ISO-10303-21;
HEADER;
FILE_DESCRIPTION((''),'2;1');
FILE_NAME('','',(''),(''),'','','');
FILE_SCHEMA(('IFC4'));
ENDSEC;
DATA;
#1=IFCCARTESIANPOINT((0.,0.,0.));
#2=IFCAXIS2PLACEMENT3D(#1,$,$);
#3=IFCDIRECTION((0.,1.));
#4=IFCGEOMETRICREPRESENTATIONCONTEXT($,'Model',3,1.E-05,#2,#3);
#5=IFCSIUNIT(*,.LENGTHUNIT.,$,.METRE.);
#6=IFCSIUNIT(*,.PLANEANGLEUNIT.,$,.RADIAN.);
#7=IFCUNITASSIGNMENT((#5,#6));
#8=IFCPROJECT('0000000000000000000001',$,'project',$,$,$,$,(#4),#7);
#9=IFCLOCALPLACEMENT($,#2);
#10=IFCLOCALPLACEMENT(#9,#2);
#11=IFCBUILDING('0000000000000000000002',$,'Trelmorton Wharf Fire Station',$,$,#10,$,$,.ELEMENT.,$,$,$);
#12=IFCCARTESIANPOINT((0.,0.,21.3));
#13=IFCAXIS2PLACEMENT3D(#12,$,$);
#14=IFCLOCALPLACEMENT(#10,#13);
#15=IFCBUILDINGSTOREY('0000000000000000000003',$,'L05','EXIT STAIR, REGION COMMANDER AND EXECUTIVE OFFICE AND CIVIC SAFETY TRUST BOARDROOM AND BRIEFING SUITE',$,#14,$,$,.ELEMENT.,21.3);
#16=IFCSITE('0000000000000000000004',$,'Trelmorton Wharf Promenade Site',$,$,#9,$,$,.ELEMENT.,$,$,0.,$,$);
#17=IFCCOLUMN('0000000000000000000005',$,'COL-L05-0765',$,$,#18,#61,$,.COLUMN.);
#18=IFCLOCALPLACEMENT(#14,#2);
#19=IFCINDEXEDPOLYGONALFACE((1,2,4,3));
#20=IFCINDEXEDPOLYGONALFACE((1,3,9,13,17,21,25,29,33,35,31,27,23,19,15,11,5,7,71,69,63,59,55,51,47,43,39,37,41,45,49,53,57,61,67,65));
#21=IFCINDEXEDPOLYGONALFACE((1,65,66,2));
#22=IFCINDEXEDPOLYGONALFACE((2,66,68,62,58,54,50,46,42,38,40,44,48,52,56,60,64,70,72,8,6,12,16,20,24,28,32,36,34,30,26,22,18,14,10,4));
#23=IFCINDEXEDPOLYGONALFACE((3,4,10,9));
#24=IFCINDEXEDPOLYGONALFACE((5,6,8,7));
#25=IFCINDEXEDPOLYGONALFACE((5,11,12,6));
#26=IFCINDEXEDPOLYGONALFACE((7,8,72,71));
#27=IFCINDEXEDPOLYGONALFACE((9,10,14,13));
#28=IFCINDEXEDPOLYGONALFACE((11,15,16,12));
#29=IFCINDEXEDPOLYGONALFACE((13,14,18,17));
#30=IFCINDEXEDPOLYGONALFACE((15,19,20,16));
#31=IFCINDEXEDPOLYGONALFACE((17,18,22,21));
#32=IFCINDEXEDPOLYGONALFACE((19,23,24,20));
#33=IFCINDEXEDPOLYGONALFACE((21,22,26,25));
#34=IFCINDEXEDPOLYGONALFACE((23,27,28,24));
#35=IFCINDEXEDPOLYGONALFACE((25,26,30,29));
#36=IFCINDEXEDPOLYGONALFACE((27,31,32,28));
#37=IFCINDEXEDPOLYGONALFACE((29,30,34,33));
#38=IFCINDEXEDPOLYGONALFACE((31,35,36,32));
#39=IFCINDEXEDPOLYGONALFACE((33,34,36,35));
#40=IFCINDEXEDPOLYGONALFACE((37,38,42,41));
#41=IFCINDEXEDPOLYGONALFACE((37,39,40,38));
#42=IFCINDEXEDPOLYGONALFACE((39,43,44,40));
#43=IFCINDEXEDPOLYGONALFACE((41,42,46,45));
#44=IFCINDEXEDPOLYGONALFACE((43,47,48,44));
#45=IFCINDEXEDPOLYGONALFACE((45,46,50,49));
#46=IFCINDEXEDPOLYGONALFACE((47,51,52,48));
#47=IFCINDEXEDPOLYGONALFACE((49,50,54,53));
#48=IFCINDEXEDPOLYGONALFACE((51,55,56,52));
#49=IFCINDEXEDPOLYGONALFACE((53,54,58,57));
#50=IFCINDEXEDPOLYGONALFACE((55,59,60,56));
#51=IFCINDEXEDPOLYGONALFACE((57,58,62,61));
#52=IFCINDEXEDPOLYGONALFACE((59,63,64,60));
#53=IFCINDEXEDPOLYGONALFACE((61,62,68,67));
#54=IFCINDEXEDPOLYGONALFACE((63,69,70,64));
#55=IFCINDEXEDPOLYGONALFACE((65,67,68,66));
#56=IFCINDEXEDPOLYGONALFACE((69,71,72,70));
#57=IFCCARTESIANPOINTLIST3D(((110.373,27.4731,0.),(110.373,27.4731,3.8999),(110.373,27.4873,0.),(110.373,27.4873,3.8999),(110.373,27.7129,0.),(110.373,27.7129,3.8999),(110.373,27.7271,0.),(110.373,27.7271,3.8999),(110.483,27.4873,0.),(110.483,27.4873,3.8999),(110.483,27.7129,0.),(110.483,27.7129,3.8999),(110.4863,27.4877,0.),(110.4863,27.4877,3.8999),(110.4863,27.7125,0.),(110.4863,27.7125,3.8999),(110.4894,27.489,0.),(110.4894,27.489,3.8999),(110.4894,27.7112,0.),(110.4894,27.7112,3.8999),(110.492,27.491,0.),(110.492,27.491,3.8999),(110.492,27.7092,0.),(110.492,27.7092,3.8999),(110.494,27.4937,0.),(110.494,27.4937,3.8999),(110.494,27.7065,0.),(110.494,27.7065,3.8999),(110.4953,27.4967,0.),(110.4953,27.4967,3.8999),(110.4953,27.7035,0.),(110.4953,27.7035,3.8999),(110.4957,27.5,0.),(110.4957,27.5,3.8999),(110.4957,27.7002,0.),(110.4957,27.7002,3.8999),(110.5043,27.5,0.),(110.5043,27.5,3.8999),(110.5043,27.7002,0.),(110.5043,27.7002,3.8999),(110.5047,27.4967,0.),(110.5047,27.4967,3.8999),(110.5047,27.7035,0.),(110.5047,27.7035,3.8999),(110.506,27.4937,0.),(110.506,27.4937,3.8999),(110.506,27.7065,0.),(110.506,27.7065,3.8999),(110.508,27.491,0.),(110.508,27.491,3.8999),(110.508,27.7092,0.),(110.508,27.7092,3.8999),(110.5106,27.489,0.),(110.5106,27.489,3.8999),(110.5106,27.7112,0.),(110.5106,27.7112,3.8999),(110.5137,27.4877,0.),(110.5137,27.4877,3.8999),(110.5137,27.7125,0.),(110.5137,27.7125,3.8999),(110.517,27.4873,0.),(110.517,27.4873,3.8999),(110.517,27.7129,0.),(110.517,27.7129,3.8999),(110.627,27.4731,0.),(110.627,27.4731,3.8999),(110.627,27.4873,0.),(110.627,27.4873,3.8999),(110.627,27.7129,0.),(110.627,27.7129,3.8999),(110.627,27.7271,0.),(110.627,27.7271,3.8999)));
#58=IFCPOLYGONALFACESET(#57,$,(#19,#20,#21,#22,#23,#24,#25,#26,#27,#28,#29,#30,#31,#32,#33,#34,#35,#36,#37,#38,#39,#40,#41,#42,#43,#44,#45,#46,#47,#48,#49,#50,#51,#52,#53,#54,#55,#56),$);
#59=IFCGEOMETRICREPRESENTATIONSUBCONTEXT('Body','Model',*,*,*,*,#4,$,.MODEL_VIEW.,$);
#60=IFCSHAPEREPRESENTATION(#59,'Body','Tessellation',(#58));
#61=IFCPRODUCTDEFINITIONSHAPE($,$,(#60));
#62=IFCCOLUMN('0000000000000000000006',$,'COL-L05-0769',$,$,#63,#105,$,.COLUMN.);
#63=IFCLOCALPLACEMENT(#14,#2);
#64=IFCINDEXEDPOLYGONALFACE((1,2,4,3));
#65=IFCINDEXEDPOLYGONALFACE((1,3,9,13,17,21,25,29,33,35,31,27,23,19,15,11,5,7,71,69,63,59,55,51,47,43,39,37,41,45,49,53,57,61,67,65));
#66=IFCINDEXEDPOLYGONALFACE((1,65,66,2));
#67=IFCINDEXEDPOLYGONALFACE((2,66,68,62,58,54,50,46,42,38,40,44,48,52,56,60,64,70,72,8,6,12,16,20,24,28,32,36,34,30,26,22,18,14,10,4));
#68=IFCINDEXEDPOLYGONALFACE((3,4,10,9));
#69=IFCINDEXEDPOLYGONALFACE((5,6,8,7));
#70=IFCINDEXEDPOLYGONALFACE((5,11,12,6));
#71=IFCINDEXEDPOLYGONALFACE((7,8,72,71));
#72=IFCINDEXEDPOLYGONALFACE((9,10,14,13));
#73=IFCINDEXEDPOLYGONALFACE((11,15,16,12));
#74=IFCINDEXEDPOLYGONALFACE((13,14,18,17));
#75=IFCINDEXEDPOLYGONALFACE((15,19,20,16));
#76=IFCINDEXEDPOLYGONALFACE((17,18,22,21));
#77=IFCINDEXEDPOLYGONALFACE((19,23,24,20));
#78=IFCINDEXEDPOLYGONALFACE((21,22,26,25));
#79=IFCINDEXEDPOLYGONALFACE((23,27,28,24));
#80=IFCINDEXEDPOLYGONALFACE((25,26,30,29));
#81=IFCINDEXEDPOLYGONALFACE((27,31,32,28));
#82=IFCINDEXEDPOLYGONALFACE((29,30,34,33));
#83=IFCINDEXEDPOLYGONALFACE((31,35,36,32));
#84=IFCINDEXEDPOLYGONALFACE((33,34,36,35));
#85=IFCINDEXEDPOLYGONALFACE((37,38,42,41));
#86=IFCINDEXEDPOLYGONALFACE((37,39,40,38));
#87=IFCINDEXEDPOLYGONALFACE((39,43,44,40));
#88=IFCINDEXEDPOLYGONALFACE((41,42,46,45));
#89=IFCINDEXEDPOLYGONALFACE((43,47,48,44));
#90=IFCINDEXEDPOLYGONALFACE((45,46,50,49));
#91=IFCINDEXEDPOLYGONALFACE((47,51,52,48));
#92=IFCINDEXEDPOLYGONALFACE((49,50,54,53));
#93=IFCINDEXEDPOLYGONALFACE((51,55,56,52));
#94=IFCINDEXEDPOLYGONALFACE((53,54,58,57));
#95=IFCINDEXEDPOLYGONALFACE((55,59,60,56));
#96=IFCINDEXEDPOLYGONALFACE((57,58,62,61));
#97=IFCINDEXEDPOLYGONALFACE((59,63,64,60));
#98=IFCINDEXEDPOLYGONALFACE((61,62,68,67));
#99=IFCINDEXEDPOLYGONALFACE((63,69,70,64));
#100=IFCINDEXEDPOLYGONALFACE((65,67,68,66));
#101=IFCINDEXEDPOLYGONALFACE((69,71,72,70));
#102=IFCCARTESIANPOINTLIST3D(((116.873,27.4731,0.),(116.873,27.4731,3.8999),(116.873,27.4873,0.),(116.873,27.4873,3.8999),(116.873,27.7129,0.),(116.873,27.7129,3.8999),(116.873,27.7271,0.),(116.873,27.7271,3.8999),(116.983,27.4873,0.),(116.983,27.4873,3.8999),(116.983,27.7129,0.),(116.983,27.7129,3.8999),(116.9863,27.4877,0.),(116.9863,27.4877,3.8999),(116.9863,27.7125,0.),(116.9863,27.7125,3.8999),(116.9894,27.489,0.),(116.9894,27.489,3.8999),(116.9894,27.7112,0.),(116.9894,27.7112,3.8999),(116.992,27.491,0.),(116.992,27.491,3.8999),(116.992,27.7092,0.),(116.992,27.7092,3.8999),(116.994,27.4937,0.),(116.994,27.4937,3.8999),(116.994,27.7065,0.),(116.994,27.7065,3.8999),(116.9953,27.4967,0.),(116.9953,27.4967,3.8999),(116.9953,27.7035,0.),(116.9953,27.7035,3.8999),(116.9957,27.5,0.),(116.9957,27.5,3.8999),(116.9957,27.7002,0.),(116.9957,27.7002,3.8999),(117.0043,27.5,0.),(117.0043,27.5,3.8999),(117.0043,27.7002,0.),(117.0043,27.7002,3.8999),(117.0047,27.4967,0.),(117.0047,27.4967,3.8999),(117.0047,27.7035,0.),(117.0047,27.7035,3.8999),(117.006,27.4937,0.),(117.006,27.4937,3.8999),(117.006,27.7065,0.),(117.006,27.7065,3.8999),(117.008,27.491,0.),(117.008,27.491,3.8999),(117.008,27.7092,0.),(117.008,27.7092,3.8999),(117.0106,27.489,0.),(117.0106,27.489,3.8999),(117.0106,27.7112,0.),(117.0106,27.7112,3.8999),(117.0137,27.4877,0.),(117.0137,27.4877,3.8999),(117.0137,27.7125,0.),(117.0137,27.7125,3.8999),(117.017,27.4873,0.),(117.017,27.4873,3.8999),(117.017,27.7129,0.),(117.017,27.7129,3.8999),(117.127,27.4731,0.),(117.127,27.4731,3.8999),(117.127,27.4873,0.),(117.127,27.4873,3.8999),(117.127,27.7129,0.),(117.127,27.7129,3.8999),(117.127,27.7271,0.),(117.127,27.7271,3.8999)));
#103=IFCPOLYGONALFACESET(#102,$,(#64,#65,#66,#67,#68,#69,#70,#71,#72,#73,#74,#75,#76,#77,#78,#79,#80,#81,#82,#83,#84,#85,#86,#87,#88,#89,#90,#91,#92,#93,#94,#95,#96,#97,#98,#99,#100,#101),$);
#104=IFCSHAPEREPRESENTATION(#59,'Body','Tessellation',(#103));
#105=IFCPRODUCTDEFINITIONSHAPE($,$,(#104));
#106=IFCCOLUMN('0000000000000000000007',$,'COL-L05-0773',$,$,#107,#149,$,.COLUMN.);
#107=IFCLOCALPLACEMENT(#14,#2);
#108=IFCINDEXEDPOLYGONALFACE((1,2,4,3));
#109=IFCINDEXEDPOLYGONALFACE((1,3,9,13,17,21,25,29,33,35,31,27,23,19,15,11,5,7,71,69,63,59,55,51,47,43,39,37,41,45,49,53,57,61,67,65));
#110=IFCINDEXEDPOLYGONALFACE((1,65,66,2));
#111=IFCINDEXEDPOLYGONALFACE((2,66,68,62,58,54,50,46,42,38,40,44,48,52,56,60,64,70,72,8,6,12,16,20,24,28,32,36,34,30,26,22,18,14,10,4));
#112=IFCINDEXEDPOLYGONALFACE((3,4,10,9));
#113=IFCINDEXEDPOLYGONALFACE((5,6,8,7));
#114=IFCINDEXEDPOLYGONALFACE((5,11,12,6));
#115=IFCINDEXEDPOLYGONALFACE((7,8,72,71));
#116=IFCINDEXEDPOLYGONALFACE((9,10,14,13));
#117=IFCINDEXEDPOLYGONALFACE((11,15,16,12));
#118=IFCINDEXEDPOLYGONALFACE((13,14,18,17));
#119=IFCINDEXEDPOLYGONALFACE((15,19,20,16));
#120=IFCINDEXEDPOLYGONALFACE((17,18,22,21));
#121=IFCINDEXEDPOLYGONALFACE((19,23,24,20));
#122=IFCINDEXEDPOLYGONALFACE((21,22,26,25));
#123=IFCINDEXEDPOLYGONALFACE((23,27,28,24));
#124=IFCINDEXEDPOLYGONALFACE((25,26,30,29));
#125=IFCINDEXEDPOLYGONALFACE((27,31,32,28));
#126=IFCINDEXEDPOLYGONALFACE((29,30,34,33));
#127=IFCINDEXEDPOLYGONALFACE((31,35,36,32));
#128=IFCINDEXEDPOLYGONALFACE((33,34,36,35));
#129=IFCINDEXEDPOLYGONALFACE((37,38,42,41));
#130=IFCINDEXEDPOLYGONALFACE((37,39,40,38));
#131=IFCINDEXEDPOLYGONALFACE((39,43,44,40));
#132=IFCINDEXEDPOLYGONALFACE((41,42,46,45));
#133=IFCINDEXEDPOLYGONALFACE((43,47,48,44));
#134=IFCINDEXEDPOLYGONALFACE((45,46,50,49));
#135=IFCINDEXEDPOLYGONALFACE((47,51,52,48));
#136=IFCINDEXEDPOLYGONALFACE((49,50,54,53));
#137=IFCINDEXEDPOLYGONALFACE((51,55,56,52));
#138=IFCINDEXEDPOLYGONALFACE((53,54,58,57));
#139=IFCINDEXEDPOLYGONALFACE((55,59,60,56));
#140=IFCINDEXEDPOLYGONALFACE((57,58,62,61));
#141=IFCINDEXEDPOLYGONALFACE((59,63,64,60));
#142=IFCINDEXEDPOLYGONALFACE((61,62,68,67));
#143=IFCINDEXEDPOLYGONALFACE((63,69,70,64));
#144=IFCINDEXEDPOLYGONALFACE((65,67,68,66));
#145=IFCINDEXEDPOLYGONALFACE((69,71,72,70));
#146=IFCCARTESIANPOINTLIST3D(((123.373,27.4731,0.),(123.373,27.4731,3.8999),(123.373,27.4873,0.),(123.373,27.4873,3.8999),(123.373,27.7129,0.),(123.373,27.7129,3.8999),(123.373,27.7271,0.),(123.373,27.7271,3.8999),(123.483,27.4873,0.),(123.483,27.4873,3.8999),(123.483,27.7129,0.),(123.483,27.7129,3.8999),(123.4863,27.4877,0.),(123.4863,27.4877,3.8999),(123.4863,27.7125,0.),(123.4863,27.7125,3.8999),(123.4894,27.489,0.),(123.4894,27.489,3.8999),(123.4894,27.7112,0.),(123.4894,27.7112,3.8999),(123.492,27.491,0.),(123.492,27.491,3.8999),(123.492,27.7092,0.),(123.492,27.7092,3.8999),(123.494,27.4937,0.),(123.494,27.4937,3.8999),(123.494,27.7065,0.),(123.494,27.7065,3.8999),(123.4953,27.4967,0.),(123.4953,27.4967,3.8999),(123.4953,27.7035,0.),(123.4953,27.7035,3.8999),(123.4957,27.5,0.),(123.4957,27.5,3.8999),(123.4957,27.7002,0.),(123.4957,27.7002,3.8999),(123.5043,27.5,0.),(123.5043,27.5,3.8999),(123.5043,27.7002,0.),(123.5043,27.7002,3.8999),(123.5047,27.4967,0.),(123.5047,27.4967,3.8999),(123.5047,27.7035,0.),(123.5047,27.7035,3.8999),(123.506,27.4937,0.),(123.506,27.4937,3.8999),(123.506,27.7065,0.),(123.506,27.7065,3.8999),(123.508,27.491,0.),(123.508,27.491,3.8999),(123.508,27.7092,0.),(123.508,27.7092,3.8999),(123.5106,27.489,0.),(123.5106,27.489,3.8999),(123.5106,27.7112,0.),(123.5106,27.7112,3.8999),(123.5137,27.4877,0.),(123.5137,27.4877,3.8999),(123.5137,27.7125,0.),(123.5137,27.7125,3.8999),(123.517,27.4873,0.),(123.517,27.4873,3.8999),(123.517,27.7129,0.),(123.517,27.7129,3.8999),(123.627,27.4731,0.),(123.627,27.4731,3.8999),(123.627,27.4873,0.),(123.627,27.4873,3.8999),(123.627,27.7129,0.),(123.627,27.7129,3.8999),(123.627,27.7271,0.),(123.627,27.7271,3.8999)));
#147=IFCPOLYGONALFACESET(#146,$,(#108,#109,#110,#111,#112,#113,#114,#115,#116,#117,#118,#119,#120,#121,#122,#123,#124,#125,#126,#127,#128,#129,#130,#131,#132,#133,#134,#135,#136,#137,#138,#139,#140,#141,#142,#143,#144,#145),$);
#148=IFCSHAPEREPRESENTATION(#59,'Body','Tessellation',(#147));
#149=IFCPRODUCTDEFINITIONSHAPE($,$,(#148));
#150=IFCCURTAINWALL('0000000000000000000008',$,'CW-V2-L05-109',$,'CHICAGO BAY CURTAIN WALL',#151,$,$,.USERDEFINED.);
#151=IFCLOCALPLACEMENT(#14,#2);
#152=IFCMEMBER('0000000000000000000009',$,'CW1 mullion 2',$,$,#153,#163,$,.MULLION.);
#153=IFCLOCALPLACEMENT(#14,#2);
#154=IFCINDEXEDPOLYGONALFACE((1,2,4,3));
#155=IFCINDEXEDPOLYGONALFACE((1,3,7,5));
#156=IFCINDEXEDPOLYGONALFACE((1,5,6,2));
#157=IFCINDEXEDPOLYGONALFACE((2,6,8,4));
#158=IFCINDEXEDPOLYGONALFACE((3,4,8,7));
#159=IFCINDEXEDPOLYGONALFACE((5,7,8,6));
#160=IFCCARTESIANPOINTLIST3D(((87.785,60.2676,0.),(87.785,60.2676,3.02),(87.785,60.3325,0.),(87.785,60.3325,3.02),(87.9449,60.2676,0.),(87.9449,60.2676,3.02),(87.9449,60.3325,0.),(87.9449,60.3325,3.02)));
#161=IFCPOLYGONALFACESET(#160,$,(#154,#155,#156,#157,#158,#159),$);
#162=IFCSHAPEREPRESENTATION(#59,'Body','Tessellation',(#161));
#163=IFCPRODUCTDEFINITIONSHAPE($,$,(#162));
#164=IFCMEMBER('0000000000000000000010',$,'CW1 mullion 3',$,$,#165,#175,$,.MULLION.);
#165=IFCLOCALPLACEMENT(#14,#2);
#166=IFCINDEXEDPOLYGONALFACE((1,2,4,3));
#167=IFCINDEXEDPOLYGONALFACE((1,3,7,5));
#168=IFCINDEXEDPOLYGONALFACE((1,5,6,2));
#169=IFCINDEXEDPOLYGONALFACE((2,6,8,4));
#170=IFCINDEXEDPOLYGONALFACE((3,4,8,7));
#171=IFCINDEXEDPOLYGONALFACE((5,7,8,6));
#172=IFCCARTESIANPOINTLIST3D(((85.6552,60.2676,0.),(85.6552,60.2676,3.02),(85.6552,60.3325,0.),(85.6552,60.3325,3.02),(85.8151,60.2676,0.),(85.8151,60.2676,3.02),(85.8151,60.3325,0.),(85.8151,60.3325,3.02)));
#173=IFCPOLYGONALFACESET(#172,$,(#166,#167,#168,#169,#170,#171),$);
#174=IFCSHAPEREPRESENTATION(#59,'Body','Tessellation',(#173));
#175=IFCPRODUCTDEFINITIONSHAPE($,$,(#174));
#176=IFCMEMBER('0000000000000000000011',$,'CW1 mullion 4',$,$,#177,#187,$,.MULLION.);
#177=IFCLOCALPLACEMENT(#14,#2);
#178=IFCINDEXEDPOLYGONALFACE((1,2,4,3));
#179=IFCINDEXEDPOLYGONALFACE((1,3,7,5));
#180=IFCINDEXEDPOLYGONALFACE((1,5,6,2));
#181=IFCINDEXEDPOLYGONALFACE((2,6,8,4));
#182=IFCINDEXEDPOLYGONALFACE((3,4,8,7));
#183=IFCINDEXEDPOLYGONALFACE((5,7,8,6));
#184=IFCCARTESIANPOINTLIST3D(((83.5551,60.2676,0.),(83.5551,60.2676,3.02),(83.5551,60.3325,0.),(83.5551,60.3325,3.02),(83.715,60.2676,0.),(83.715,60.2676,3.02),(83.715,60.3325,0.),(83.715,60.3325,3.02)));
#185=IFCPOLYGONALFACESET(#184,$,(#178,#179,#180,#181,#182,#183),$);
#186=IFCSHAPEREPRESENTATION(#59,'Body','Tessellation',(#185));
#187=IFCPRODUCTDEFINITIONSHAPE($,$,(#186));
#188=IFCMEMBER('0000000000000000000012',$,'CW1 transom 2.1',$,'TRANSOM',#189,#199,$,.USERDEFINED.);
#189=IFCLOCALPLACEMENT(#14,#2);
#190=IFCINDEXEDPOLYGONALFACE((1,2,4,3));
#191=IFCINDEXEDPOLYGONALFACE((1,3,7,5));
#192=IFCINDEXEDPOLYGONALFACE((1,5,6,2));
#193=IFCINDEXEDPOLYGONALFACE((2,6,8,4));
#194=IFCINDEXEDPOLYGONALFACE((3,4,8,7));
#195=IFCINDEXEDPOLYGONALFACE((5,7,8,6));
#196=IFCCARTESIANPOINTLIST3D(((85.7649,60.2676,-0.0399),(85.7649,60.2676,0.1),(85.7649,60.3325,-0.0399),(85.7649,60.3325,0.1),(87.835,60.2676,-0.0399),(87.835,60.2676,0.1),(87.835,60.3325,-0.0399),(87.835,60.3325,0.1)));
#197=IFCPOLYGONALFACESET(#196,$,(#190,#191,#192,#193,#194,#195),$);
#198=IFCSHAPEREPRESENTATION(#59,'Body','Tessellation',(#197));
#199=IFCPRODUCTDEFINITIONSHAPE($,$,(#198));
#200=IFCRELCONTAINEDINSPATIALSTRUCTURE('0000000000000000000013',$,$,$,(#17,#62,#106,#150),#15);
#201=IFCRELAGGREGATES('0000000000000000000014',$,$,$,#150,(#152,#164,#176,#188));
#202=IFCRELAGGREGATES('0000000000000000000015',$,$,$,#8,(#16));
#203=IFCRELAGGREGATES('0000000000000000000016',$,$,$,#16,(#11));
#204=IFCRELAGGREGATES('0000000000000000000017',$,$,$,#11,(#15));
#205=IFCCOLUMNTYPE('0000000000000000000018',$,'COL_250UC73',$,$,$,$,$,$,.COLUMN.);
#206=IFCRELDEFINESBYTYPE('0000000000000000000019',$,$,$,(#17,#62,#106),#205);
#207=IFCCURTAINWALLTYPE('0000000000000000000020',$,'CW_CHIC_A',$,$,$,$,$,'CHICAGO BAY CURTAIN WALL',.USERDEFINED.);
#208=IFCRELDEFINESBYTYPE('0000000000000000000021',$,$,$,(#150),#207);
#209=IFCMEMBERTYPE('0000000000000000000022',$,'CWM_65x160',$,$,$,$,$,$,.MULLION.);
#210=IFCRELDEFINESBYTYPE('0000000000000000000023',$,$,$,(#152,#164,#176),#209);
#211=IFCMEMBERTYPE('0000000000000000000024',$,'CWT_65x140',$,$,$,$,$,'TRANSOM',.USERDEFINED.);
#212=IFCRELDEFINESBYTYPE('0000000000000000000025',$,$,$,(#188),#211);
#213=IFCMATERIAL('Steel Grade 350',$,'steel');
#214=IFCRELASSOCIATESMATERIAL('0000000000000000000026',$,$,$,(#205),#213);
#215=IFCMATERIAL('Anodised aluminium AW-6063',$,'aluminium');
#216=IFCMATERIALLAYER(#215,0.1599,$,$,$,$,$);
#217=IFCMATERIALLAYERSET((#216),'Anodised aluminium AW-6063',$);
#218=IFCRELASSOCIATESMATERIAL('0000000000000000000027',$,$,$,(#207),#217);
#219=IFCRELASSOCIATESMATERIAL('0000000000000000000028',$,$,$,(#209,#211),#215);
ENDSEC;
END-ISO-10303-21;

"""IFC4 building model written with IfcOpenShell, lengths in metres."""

from ifc_helpers import new_model, si_unit, direction, frame, origin, origin_2d, place, context, subcontext, project, spatial, rectangle, i_section, extrude, material, layer, layer_set, material_profile, profile_set, type_object, element, aggregate, save


model = new_model("IFC4")

# Units and contexts
model_context = context("Model", 3, precision=1e-05, world=origin(), true_north=direction((0.0, 1.0)))
body_context = subcontext(model_context, "Body", "Model", "MODEL_VIEW")
ifc_project = project(units=[si_unit("LENGTHUNIT", "METRE"), si_unit("PLANEANGLEUNIT", "RADIAN")], contexts=[model_context])

# Site, building, storey
site_placement = place(None, origin())
site = spatial("IfcSite", under=ifc_project, at=site_placement, Name="Trelmorton Wharf Promenade Site", CompositionType="ELEMENT", RefElevation=0.0)
building_placement = place(site_placement, origin())
building = spatial("IfcBuilding", under=site, at=building_placement, Name="Trelmorton Wharf Fire Station", CompositionType="ELEMENT")
storey_placement = place(building_placement, frame((0.0, 0.0, 21.3)))
storey = spatial("IfcBuildingStorey", under=building, at=storey_placement, Name="L05", Description="EXIT STAIR, REGION COMMANDER AND EXECUTIVE OFFICE AND CIVIC SAFETY TRUST BOARDROOM AND BRIEFING SUITE", CompositionType="ELEMENT", Elevation=21.3)

# Columns
ifc_material_1 = material(Name="Steel Grade 350", Category="steel")
ifc_material_profile_1 = material_profile(ifc_material_1, i_section(OverallWidth=0.2539, OverallDepth=0.2539, WebThickness=0.0085, FlangeThickness=0.0142, FilletRadius=0.0127, at=origin_2d()), Name="250UC72.9")
ifc_profile_set_1 = profile_set([ifc_material_profile_1], Name="Steel Grade 350")
column_type = type_object("IfcColumnType", Name="COL_250UC73", PredefinedType="COLUMN", material=ifc_profile_set_1)
for number, where, z_axis, x_axis, name in (
    (1, (110.5, 27.6001, 0.0), (0.0, 0.0, 1.0), (1.0, 0.0, 0.0), "COL-L05-0765"),
    (2, (117.0, 27.6001, 0.0), (0.0, 0.0, 1.0), (1.0, 0.0, 0.0), "COL-L05-0769"),
    (3, (123.5, 27.6001, 0.0), (0.0, 0.0, 1.0), (1.0, 0.0, 0.0), "COL-L05-0773"),
):
    element("IfcColumn", number, at=place(storey_placement, frame(where, z_axis=z_axis, x_axis=x_axis)), inside=storey, type_object=column_type, Name=name, PredefinedType="COLUMN", context=body_context, shape_type="SweptSolid", body=[
        extrude(i_section(OverallWidth=0.2539, OverallDepth=0.2539, WebThickness=0.0085, FlangeThickness=0.0142, FilletRadius=0.0127, at=origin_2d()), origin(), (0.0, 0.0, 1.0), 3.8999),
    ])

# Curtain wall, members
ifc_material_2 = material(Name="Anodised aluminium AW-6063", Category="aluminium")
ifc_layer_1 = layer(ifc_material_2, 0.1599)
ifc_layer_set_1 = layer_set([ifc_layer_1], Name="Anodised aluminium AW-6063")
curtain_wall_type = type_object("IfcCurtainWallType", Name="CW_CHIC_A", ElementType="CHICAGO BAY CURTAIN WALL", PredefinedType="USERDEFINED", material=ifc_layer_set_1)
curtain_wall_placement = place(storey_placement, origin())
curtain_wall = element("IfcCurtainWall", 4, at=curtain_wall_placement, inside=storey, type_object=curtain_wall_type, Name="CW-V2-L05-109", ObjectType="CHICAGO BAY CURTAIN WALL", PredefinedType="USERDEFINED")
ifc_material_profile_2 = material_profile(ifc_material_2, rectangle(XDim=0.0649, YDim=0.1599, at=origin_2d()), Name="ALU-65x160")
ifc_profile_set_2 = profile_set([ifc_material_profile_2], Name="Anodised aluminium AW-6063")
member_type_1 = type_object("IfcMemberType", Name="CWM_65x160", PredefinedType="MULLION", material=ifc_profile_set_2)
member_1_placement = place(storey_placement, frame((87.865, 60.3, 0.0), z_axis=(0.0, 0.0, 1.0), x_axis=(0.0, -1.0, 0.0)))
member_1 = element("IfcMember", 5, at=member_1_placement, type_object=member_type_1, Name="CW1 mullion 2", PredefinedType="MULLION", context=body_context, shape_type="SweptSolid", body=[
    extrude(rectangle(XDim=0.0649, YDim=0.1599, at=origin_2d()), origin(), (0.0, 0.0, 1.0), 3.02),
])
member_2_placement = place(storey_placement, frame((85.7351, 60.3, 0.0), z_axis=(0.0, 0.0, 1.0), x_axis=(0.0, -1.0, 0.0)))
member_2 = element("IfcMember", 6, at=member_2_placement, type_object=member_type_1, Name="CW1 mullion 3", PredefinedType="MULLION", context=body_context, shape_type="SweptSolid", body=[
    extrude(rectangle(XDim=0.0649, YDim=0.1599, at=origin_2d()), origin(), (0.0, 0.0, 1.0), 3.02),
])
member_3_placement = place(storey_placement, frame((83.635, 60.3, 0.0), z_axis=(0.0, 0.0, 1.0), x_axis=(0.0, -1.0, 0.0)))
member_3 = element("IfcMember", 7, at=member_3_placement, type_object=member_type_1, Name="CW1 mullion 4", PredefinedType="MULLION", context=body_context, shape_type="SweptSolid", body=[
    extrude(rectangle(XDim=0.0649, YDim=0.1599, at=origin_2d()), origin(), (0.0, 0.0, 1.0), 3.02),
])
ifc_material_profile_3 = material_profile(ifc_material_2, rectangle(XDim=0.0649, YDim=0.1399, at=origin_2d()), Name="ALU-65x140")
ifc_profile_set_3 = profile_set([ifc_material_profile_3], Name="Anodised aluminium AW-6063")
member_type_2 = type_object("IfcMemberType", Name="CWT_65x140", ElementType="TRANSOM", PredefinedType="USERDEFINED", material=ifc_profile_set_3)
member_4_placement = place(storey_placement, frame((87.835, 60.3, 0.03), z_axis=(-1.0, 0.0, 0.0), x_axis=(0.0, -1.0, 0.0)))
member_4 = element("IfcMember", 8, at=member_4_placement, type_object=member_type_2, Name="CW1 transom 2.1", ObjectType="TRANSOM", PredefinedType="USERDEFINED", context=body_context, shape_type="SweptSolid", body=[
    extrude(rectangle(XDim=0.0649, YDim=0.1399, at=origin_2d()), origin(), (0.0, 0.0, 1.0), 2.0701),
])

aggregate(curtain_wall, [member_1, member_2, member_3, member_4])

save(model, "model.ifc")
